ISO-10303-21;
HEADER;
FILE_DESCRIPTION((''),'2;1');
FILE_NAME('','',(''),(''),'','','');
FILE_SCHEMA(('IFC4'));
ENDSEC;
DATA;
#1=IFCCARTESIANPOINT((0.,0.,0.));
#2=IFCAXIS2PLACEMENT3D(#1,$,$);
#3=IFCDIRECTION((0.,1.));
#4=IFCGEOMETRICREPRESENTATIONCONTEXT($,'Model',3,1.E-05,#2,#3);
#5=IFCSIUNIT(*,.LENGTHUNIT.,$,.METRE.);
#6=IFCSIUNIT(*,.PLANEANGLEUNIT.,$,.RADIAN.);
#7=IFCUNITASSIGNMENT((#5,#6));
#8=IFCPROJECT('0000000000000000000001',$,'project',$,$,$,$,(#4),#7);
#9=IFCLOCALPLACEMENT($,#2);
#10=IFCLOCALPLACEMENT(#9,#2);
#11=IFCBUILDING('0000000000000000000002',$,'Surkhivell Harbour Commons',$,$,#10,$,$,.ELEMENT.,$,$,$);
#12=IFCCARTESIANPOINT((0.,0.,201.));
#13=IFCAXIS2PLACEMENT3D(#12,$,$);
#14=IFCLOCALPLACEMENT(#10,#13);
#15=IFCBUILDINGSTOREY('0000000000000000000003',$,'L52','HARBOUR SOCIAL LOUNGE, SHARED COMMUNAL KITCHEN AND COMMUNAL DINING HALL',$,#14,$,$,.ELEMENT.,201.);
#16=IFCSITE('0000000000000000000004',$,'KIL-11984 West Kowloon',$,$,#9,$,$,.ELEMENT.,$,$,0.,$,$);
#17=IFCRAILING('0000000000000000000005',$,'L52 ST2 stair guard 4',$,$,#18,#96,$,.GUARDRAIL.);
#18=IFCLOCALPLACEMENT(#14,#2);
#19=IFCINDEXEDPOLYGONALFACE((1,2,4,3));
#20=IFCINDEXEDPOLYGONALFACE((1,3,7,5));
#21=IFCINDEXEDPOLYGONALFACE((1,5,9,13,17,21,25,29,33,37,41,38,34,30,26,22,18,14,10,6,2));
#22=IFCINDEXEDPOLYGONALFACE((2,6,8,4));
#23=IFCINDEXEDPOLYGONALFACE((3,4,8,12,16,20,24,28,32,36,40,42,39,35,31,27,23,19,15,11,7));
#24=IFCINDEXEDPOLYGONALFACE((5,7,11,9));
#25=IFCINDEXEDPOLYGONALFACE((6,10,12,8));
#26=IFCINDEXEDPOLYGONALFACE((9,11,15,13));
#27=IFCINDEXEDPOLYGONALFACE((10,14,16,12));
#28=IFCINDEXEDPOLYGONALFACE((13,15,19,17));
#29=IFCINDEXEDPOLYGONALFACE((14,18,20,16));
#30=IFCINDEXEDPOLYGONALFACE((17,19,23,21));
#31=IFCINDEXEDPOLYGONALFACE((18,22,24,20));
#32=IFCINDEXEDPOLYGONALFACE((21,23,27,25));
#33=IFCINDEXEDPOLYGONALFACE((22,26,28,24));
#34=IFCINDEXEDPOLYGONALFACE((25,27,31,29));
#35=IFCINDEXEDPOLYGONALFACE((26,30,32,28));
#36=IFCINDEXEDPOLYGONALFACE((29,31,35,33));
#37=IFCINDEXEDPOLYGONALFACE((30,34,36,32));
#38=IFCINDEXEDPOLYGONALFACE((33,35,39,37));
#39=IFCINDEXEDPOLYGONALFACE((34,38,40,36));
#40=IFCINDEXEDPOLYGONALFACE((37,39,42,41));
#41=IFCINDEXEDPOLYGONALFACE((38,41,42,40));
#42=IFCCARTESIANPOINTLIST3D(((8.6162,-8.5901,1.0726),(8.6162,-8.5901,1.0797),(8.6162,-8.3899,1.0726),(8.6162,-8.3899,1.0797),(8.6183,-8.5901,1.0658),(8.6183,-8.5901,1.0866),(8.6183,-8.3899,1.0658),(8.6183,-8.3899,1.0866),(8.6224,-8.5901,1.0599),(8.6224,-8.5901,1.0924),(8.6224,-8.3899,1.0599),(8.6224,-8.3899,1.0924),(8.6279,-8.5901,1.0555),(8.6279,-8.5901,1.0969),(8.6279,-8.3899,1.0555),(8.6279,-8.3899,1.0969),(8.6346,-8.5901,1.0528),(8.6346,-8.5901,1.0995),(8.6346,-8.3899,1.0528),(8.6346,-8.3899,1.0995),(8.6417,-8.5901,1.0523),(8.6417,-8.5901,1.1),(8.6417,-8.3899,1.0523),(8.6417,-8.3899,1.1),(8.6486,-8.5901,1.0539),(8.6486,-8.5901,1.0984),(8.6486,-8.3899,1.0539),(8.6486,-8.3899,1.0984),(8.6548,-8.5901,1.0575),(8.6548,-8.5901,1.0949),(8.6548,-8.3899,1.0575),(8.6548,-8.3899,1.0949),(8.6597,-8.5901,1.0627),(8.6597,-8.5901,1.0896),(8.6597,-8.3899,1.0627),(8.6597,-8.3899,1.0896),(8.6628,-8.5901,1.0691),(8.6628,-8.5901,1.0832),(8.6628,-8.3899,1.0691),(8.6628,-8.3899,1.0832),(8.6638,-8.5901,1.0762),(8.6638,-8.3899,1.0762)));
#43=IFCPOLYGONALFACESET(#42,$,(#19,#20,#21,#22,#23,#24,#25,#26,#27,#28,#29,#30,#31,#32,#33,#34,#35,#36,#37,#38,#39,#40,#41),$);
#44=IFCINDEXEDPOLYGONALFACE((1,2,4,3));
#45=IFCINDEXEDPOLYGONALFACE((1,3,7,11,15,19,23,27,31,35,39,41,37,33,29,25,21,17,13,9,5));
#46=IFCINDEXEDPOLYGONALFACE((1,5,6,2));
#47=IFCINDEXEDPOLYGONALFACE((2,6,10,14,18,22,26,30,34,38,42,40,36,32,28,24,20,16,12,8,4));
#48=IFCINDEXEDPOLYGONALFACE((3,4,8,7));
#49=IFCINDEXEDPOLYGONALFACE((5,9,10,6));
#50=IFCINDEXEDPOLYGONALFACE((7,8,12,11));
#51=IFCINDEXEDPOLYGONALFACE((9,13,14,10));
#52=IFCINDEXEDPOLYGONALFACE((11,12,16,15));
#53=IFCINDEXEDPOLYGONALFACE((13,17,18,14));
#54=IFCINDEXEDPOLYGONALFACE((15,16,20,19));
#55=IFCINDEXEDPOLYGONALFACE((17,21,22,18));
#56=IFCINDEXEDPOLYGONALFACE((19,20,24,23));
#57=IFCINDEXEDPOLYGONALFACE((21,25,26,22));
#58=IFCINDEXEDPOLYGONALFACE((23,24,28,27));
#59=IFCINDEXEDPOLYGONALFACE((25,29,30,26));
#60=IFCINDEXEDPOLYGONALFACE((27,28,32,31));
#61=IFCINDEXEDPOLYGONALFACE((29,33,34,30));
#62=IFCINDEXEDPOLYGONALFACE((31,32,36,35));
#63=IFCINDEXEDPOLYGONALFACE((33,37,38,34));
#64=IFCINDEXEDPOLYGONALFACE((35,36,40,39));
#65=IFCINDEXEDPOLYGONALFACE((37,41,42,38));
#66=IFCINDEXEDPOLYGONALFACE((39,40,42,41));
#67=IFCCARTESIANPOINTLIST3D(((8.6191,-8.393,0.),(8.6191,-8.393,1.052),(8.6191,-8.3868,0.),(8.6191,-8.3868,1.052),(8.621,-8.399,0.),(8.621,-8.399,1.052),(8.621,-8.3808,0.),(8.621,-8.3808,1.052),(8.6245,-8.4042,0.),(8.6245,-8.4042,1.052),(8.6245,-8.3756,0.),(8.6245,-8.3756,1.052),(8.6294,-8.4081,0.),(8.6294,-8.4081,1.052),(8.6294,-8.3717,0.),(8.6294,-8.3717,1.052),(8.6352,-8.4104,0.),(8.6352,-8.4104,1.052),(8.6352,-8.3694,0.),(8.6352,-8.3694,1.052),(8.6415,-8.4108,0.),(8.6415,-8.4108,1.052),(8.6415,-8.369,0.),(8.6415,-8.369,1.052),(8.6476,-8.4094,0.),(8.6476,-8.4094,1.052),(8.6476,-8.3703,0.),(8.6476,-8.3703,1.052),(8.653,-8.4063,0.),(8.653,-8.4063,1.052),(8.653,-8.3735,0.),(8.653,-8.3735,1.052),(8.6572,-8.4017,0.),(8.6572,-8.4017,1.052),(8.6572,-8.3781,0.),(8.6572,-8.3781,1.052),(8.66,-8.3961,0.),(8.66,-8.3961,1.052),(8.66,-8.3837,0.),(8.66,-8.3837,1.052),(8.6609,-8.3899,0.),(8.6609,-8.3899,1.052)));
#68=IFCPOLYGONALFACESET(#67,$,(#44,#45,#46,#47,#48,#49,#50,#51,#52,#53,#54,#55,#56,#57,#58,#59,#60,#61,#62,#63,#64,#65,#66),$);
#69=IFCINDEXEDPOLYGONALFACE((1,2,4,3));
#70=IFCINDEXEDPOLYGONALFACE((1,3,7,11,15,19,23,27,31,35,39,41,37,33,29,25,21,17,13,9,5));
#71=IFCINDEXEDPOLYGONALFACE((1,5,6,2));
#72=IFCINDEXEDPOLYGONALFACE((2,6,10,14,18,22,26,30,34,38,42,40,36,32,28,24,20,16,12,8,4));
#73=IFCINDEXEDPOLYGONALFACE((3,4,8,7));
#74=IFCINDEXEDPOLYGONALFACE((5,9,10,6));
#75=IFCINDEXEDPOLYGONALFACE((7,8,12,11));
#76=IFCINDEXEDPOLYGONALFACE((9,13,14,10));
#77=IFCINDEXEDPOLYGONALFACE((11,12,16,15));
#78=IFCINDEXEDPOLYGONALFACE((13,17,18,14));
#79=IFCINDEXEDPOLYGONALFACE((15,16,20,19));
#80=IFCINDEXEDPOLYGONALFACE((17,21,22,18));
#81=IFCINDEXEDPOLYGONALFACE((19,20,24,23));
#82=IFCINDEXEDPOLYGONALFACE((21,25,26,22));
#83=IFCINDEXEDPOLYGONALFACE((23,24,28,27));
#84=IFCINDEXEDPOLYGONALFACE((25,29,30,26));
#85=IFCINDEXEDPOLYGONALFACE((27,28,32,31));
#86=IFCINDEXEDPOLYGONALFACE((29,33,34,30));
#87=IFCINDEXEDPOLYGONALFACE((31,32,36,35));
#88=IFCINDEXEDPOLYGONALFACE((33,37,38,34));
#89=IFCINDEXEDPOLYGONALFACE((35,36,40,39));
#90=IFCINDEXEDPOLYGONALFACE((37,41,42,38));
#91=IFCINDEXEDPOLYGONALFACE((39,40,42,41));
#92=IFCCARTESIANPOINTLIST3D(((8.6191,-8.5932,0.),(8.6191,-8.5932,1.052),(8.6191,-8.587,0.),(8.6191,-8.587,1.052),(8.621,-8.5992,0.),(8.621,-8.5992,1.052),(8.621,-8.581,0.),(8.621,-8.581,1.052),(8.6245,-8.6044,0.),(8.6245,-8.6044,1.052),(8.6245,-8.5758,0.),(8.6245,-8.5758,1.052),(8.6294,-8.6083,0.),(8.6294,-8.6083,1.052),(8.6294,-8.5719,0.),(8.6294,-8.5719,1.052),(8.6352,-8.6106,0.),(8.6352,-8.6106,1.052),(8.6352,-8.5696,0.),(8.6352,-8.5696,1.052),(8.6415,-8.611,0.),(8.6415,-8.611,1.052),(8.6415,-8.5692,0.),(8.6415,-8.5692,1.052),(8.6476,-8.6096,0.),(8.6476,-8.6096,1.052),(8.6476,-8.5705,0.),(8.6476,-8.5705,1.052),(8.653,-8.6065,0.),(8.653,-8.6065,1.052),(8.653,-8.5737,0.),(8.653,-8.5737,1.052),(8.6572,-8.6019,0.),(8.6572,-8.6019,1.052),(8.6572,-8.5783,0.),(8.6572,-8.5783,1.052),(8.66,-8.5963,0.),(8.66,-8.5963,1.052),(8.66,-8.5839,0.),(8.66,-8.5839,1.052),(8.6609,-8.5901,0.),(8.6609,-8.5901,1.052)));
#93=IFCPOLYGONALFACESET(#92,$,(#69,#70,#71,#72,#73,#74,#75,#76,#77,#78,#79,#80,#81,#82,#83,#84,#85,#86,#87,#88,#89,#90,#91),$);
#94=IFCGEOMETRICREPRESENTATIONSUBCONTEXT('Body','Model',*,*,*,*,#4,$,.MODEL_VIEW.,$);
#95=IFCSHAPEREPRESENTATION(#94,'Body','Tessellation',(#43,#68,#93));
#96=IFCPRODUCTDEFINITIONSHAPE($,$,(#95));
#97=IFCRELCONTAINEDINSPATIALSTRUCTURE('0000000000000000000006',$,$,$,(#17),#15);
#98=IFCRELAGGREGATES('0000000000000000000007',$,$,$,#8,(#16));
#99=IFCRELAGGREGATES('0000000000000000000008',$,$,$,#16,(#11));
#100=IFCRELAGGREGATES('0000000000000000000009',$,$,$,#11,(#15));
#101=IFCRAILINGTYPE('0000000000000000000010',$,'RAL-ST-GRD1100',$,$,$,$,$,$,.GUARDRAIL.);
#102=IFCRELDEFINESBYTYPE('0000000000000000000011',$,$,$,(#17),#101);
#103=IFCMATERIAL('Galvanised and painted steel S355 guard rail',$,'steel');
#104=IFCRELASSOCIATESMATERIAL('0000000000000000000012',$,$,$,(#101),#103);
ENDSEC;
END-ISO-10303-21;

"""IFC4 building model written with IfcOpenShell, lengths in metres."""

from ifc_helpers import new_model, si_unit, direction, frame, origin, origin_2d, place, context, subcontext, project, spatial, circle, extrude, material, type_object, element, save


model = new_model("IFC4")

# Units and contexts
model_context = context("Model", 3, precision=1e-05, world=origin(), true_north=direction((0.0, 1.0)))
body_context = subcontext(model_context, "Body", "Model", "MODEL_VIEW")
ifc_project = project(units=[si_unit("LENGTHUNIT", "METRE"), si_unit("PLANEANGLEUNIT", "RADIAN")], contexts=[model_context])

# Site, building, storey
site_placement = place(None, origin())
site = spatial("IfcSite", under=ifc_project, at=site_placement, Name="KIL-11984 West Kowloon", CompositionType="ELEMENT", RefElevation=0.0)
building_placement = place(site_placement, origin())
building = spatial("IfcBuilding", under=site, at=building_placement, Name="Surkhivell Harbour Commons", CompositionType="ELEMENT")
storey_placement = place(building_placement, frame((0.0, 0.0, 201.0)))
storey = spatial("IfcBuildingStorey", under=building, at=storey_placement, Name="L52", Description="HARBOUR SOCIAL LOUNGE, SHARED COMMUNAL KITCHEN AND COMMUNAL DINING HALL", CompositionType="ELEMENT", Elevation=201.0)

# Railing
ifc_material_1 = material(Name="Galvanised and painted steel S355 guard rail", Category="steel")
railing_type_1 = type_object("IfcRailingType", Name="RAL-ST-GRD1100", PredefinedType="GUARDRAIL", material=ifc_material_1)
railing_1_placement = place(storey_placement, frame((8.6399, -8.3899, 0.0)))
element("IfcRailing", 1, at=railing_1_placement, inside=storey, type_object=railing_type_1, Name="L52 ST2 stair guard 4", PredefinedType="GUARDRAIL", context=body_context, shape_type="SweptSolid", body=[
    extrude(circle(Radius=0.0239, at=origin_2d()), frame((0.0, 0.0, 1.0762), z_axis=(0.0, -1.0, 0.0), x_axis=(1.0, 0.0, 0.0)), (0.0, 0.0, 1.0), 0.2002),
    extrude(circle(Radius=0.021, at=origin_2d()), origin(), (0.0, 0.0, 1.0), 1.052),
    extrude(circle(Radius=0.021, at=origin_2d()), frame((0.0, -0.2002, 0.0)), (0.0, 0.0, 1.0), 1.052),
])

save(model, "model.ifc")
